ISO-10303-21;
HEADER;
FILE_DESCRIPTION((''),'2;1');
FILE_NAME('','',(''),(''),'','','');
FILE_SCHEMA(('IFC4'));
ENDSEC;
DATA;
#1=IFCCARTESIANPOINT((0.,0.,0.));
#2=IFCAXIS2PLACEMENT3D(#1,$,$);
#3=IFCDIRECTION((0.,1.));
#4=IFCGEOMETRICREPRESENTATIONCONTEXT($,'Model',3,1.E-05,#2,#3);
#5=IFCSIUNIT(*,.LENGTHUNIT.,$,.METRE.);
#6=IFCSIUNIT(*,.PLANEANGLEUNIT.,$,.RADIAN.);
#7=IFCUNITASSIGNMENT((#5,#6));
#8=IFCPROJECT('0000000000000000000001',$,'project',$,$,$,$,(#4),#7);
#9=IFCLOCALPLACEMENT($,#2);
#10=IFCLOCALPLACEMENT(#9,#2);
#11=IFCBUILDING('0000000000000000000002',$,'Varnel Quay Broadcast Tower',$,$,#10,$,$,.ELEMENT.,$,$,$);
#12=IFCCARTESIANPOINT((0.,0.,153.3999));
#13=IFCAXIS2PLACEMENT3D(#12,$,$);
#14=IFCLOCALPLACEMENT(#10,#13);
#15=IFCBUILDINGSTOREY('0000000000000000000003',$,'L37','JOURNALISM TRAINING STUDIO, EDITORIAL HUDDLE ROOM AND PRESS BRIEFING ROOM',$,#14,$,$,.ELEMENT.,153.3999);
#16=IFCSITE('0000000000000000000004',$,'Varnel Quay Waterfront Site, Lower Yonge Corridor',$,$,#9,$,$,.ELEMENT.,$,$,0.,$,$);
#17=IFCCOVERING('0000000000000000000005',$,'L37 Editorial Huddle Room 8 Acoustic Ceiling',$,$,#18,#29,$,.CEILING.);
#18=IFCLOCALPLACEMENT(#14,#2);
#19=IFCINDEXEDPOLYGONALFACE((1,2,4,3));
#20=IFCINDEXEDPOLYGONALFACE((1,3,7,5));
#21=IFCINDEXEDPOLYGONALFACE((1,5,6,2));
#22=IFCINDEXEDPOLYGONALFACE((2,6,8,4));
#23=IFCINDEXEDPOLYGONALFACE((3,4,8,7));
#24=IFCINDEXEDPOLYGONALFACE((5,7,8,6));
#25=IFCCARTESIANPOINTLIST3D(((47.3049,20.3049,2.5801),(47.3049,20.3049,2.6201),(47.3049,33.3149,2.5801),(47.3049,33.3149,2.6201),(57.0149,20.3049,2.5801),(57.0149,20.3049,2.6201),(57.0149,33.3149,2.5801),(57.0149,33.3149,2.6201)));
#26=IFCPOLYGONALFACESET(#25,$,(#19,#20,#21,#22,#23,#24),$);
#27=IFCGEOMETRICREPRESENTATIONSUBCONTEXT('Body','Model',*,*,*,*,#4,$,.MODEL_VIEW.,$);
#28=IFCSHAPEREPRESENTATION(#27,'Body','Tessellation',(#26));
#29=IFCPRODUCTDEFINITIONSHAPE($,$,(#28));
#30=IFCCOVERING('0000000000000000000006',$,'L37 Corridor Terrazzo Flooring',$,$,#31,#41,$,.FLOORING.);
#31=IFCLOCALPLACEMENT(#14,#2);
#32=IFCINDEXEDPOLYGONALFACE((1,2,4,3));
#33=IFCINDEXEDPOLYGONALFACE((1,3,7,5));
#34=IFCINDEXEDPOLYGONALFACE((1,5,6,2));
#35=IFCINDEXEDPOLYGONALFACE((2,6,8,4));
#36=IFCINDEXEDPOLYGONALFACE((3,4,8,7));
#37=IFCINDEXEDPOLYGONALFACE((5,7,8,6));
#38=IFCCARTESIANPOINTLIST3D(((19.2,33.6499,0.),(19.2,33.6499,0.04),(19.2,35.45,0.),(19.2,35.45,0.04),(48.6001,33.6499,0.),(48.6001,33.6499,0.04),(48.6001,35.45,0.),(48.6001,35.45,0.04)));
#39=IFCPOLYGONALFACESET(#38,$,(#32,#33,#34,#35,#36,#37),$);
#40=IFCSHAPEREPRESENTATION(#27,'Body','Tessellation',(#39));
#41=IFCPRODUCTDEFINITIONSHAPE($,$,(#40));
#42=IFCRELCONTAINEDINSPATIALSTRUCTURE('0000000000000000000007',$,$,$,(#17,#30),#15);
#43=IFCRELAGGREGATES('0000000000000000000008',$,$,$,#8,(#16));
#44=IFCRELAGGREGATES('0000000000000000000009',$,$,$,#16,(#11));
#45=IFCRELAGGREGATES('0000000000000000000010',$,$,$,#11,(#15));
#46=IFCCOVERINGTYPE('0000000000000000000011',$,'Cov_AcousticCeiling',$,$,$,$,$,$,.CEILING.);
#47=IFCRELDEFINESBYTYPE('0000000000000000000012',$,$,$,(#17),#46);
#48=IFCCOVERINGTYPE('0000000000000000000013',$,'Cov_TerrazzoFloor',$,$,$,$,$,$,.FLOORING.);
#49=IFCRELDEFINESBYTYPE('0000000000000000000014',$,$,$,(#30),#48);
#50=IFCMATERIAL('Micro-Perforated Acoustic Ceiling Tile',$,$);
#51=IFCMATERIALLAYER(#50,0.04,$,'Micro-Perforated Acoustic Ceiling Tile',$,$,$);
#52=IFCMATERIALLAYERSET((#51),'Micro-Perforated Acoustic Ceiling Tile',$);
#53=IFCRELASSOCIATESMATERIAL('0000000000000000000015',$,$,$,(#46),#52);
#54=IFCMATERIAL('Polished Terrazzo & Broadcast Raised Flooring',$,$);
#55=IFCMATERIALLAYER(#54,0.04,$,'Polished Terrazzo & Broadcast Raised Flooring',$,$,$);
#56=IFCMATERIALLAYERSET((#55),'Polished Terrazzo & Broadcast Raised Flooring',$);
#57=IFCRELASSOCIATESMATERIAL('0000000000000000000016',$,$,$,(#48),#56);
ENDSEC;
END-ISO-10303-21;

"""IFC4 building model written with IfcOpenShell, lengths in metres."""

from ifc_helpers import new_model, si_unit, direction, frame, origin, place, context, subcontext, project, spatial, polyline, outline, extrude, material, layer, layer_set, type_object, element, save


model = new_model("IFC4")

# Units and contexts
model_context = context("Model", 3, precision=1e-05, world=origin(), true_north=direction((0.0, 1.0)))
body_context = subcontext(model_context, "Body", "Model", "MODEL_VIEW")
ifc_project = project(units=[si_unit("LENGTHUNIT", "METRE"), si_unit("PLANEANGLEUNIT", "RADIAN")], contexts=[model_context])

# Site, building, storey
site_placement = place(None, origin())
site = spatial("IfcSite", under=ifc_project, at=site_placement, Name="Varnel Quay Waterfront Site, Lower Yonge Corridor", CompositionType="ELEMENT", RefElevation=0.0)
building_placement = place(site_placement, origin())
building = spatial("IfcBuilding", under=site, at=building_placement, Name="Varnel Quay Broadcast Tower", CompositionType="ELEMENT")
storey_placement = place(building_placement, frame((0.0, 0.0, 153.3999)))
storey = spatial("IfcBuildingStorey", under=building, at=storey_placement, Name="L37", Description="JOURNALISM TRAINING STUDIO, EDITORIAL HUDDLE ROOM AND PRESS BRIEFING ROOM", CompositionType="ELEMENT", Elevation=153.3999)

# Coverings
ifc_material_1 = material(Name="Micro-Perforated Acoustic Ceiling Tile")
ifc_layer_1 = layer(ifc_material_1, 0.04, Name="Micro-Perforated Acoustic Ceiling Tile")
ifc_layer_set_1 = layer_set([ifc_layer_1], Name="Micro-Perforated Acoustic Ceiling Tile")
covering_type_1 = type_object("IfcCoveringType", Name="Cov_AcousticCeiling", PredefinedType="CEILING", material=ifc_layer_set_1)
covering_1_placement = place(storey_placement, frame((0.0, 0.0, 2.5801)))
element("IfcCovering", 1, at=covering_1_placement, inside=storey, type_object=covering_type_1, Name="L37 Editorial Huddle Room 8 Acoustic Ceiling", PredefinedType="CEILING", context=body_context, shape_type="SweptSolid", body=[
    extrude(outline(polyline([(47.3049, 20.3049), (57.0149, 20.3049), (57.0149, 33.3149), (47.3049, 33.3149), (47.3049, 20.3049)])), origin(), (0.0, 0.0, 1.0), 0.04),
])
ifc_material_2 = material(Name="Polished Terrazzo & Broadcast Raised Flooring")
ifc_layer_2 = layer(ifc_material_2, 0.04, Name="Polished Terrazzo & Broadcast Raised Flooring")
ifc_layer_set_2 = layer_set([ifc_layer_2], Name="Polished Terrazzo & Broadcast Raised Flooring")
covering_type_2 = type_object("IfcCoveringType", Name="Cov_TerrazzoFloor", PredefinedType="FLOORING", material=ifc_layer_set_2)
covering_2_placement = place(storey_placement, origin())
element("IfcCovering", 2, at=covering_2_placement, inside=storey, type_object=covering_type_2, Name="L37 Corridor Terrazzo Flooring", PredefinedType="FLOORING", context=body_context, shape_type="SweptSolid", body=[
    extrude(outline(polyline([(19.2, 33.6499), (48.6001, 33.6499), (48.6001, 35.45), (19.2, 35.45), (19.2, 33.6499)])), origin(), (0.0, 0.0, 1.0), 0.04),
])

save(model, "model.ifc")
